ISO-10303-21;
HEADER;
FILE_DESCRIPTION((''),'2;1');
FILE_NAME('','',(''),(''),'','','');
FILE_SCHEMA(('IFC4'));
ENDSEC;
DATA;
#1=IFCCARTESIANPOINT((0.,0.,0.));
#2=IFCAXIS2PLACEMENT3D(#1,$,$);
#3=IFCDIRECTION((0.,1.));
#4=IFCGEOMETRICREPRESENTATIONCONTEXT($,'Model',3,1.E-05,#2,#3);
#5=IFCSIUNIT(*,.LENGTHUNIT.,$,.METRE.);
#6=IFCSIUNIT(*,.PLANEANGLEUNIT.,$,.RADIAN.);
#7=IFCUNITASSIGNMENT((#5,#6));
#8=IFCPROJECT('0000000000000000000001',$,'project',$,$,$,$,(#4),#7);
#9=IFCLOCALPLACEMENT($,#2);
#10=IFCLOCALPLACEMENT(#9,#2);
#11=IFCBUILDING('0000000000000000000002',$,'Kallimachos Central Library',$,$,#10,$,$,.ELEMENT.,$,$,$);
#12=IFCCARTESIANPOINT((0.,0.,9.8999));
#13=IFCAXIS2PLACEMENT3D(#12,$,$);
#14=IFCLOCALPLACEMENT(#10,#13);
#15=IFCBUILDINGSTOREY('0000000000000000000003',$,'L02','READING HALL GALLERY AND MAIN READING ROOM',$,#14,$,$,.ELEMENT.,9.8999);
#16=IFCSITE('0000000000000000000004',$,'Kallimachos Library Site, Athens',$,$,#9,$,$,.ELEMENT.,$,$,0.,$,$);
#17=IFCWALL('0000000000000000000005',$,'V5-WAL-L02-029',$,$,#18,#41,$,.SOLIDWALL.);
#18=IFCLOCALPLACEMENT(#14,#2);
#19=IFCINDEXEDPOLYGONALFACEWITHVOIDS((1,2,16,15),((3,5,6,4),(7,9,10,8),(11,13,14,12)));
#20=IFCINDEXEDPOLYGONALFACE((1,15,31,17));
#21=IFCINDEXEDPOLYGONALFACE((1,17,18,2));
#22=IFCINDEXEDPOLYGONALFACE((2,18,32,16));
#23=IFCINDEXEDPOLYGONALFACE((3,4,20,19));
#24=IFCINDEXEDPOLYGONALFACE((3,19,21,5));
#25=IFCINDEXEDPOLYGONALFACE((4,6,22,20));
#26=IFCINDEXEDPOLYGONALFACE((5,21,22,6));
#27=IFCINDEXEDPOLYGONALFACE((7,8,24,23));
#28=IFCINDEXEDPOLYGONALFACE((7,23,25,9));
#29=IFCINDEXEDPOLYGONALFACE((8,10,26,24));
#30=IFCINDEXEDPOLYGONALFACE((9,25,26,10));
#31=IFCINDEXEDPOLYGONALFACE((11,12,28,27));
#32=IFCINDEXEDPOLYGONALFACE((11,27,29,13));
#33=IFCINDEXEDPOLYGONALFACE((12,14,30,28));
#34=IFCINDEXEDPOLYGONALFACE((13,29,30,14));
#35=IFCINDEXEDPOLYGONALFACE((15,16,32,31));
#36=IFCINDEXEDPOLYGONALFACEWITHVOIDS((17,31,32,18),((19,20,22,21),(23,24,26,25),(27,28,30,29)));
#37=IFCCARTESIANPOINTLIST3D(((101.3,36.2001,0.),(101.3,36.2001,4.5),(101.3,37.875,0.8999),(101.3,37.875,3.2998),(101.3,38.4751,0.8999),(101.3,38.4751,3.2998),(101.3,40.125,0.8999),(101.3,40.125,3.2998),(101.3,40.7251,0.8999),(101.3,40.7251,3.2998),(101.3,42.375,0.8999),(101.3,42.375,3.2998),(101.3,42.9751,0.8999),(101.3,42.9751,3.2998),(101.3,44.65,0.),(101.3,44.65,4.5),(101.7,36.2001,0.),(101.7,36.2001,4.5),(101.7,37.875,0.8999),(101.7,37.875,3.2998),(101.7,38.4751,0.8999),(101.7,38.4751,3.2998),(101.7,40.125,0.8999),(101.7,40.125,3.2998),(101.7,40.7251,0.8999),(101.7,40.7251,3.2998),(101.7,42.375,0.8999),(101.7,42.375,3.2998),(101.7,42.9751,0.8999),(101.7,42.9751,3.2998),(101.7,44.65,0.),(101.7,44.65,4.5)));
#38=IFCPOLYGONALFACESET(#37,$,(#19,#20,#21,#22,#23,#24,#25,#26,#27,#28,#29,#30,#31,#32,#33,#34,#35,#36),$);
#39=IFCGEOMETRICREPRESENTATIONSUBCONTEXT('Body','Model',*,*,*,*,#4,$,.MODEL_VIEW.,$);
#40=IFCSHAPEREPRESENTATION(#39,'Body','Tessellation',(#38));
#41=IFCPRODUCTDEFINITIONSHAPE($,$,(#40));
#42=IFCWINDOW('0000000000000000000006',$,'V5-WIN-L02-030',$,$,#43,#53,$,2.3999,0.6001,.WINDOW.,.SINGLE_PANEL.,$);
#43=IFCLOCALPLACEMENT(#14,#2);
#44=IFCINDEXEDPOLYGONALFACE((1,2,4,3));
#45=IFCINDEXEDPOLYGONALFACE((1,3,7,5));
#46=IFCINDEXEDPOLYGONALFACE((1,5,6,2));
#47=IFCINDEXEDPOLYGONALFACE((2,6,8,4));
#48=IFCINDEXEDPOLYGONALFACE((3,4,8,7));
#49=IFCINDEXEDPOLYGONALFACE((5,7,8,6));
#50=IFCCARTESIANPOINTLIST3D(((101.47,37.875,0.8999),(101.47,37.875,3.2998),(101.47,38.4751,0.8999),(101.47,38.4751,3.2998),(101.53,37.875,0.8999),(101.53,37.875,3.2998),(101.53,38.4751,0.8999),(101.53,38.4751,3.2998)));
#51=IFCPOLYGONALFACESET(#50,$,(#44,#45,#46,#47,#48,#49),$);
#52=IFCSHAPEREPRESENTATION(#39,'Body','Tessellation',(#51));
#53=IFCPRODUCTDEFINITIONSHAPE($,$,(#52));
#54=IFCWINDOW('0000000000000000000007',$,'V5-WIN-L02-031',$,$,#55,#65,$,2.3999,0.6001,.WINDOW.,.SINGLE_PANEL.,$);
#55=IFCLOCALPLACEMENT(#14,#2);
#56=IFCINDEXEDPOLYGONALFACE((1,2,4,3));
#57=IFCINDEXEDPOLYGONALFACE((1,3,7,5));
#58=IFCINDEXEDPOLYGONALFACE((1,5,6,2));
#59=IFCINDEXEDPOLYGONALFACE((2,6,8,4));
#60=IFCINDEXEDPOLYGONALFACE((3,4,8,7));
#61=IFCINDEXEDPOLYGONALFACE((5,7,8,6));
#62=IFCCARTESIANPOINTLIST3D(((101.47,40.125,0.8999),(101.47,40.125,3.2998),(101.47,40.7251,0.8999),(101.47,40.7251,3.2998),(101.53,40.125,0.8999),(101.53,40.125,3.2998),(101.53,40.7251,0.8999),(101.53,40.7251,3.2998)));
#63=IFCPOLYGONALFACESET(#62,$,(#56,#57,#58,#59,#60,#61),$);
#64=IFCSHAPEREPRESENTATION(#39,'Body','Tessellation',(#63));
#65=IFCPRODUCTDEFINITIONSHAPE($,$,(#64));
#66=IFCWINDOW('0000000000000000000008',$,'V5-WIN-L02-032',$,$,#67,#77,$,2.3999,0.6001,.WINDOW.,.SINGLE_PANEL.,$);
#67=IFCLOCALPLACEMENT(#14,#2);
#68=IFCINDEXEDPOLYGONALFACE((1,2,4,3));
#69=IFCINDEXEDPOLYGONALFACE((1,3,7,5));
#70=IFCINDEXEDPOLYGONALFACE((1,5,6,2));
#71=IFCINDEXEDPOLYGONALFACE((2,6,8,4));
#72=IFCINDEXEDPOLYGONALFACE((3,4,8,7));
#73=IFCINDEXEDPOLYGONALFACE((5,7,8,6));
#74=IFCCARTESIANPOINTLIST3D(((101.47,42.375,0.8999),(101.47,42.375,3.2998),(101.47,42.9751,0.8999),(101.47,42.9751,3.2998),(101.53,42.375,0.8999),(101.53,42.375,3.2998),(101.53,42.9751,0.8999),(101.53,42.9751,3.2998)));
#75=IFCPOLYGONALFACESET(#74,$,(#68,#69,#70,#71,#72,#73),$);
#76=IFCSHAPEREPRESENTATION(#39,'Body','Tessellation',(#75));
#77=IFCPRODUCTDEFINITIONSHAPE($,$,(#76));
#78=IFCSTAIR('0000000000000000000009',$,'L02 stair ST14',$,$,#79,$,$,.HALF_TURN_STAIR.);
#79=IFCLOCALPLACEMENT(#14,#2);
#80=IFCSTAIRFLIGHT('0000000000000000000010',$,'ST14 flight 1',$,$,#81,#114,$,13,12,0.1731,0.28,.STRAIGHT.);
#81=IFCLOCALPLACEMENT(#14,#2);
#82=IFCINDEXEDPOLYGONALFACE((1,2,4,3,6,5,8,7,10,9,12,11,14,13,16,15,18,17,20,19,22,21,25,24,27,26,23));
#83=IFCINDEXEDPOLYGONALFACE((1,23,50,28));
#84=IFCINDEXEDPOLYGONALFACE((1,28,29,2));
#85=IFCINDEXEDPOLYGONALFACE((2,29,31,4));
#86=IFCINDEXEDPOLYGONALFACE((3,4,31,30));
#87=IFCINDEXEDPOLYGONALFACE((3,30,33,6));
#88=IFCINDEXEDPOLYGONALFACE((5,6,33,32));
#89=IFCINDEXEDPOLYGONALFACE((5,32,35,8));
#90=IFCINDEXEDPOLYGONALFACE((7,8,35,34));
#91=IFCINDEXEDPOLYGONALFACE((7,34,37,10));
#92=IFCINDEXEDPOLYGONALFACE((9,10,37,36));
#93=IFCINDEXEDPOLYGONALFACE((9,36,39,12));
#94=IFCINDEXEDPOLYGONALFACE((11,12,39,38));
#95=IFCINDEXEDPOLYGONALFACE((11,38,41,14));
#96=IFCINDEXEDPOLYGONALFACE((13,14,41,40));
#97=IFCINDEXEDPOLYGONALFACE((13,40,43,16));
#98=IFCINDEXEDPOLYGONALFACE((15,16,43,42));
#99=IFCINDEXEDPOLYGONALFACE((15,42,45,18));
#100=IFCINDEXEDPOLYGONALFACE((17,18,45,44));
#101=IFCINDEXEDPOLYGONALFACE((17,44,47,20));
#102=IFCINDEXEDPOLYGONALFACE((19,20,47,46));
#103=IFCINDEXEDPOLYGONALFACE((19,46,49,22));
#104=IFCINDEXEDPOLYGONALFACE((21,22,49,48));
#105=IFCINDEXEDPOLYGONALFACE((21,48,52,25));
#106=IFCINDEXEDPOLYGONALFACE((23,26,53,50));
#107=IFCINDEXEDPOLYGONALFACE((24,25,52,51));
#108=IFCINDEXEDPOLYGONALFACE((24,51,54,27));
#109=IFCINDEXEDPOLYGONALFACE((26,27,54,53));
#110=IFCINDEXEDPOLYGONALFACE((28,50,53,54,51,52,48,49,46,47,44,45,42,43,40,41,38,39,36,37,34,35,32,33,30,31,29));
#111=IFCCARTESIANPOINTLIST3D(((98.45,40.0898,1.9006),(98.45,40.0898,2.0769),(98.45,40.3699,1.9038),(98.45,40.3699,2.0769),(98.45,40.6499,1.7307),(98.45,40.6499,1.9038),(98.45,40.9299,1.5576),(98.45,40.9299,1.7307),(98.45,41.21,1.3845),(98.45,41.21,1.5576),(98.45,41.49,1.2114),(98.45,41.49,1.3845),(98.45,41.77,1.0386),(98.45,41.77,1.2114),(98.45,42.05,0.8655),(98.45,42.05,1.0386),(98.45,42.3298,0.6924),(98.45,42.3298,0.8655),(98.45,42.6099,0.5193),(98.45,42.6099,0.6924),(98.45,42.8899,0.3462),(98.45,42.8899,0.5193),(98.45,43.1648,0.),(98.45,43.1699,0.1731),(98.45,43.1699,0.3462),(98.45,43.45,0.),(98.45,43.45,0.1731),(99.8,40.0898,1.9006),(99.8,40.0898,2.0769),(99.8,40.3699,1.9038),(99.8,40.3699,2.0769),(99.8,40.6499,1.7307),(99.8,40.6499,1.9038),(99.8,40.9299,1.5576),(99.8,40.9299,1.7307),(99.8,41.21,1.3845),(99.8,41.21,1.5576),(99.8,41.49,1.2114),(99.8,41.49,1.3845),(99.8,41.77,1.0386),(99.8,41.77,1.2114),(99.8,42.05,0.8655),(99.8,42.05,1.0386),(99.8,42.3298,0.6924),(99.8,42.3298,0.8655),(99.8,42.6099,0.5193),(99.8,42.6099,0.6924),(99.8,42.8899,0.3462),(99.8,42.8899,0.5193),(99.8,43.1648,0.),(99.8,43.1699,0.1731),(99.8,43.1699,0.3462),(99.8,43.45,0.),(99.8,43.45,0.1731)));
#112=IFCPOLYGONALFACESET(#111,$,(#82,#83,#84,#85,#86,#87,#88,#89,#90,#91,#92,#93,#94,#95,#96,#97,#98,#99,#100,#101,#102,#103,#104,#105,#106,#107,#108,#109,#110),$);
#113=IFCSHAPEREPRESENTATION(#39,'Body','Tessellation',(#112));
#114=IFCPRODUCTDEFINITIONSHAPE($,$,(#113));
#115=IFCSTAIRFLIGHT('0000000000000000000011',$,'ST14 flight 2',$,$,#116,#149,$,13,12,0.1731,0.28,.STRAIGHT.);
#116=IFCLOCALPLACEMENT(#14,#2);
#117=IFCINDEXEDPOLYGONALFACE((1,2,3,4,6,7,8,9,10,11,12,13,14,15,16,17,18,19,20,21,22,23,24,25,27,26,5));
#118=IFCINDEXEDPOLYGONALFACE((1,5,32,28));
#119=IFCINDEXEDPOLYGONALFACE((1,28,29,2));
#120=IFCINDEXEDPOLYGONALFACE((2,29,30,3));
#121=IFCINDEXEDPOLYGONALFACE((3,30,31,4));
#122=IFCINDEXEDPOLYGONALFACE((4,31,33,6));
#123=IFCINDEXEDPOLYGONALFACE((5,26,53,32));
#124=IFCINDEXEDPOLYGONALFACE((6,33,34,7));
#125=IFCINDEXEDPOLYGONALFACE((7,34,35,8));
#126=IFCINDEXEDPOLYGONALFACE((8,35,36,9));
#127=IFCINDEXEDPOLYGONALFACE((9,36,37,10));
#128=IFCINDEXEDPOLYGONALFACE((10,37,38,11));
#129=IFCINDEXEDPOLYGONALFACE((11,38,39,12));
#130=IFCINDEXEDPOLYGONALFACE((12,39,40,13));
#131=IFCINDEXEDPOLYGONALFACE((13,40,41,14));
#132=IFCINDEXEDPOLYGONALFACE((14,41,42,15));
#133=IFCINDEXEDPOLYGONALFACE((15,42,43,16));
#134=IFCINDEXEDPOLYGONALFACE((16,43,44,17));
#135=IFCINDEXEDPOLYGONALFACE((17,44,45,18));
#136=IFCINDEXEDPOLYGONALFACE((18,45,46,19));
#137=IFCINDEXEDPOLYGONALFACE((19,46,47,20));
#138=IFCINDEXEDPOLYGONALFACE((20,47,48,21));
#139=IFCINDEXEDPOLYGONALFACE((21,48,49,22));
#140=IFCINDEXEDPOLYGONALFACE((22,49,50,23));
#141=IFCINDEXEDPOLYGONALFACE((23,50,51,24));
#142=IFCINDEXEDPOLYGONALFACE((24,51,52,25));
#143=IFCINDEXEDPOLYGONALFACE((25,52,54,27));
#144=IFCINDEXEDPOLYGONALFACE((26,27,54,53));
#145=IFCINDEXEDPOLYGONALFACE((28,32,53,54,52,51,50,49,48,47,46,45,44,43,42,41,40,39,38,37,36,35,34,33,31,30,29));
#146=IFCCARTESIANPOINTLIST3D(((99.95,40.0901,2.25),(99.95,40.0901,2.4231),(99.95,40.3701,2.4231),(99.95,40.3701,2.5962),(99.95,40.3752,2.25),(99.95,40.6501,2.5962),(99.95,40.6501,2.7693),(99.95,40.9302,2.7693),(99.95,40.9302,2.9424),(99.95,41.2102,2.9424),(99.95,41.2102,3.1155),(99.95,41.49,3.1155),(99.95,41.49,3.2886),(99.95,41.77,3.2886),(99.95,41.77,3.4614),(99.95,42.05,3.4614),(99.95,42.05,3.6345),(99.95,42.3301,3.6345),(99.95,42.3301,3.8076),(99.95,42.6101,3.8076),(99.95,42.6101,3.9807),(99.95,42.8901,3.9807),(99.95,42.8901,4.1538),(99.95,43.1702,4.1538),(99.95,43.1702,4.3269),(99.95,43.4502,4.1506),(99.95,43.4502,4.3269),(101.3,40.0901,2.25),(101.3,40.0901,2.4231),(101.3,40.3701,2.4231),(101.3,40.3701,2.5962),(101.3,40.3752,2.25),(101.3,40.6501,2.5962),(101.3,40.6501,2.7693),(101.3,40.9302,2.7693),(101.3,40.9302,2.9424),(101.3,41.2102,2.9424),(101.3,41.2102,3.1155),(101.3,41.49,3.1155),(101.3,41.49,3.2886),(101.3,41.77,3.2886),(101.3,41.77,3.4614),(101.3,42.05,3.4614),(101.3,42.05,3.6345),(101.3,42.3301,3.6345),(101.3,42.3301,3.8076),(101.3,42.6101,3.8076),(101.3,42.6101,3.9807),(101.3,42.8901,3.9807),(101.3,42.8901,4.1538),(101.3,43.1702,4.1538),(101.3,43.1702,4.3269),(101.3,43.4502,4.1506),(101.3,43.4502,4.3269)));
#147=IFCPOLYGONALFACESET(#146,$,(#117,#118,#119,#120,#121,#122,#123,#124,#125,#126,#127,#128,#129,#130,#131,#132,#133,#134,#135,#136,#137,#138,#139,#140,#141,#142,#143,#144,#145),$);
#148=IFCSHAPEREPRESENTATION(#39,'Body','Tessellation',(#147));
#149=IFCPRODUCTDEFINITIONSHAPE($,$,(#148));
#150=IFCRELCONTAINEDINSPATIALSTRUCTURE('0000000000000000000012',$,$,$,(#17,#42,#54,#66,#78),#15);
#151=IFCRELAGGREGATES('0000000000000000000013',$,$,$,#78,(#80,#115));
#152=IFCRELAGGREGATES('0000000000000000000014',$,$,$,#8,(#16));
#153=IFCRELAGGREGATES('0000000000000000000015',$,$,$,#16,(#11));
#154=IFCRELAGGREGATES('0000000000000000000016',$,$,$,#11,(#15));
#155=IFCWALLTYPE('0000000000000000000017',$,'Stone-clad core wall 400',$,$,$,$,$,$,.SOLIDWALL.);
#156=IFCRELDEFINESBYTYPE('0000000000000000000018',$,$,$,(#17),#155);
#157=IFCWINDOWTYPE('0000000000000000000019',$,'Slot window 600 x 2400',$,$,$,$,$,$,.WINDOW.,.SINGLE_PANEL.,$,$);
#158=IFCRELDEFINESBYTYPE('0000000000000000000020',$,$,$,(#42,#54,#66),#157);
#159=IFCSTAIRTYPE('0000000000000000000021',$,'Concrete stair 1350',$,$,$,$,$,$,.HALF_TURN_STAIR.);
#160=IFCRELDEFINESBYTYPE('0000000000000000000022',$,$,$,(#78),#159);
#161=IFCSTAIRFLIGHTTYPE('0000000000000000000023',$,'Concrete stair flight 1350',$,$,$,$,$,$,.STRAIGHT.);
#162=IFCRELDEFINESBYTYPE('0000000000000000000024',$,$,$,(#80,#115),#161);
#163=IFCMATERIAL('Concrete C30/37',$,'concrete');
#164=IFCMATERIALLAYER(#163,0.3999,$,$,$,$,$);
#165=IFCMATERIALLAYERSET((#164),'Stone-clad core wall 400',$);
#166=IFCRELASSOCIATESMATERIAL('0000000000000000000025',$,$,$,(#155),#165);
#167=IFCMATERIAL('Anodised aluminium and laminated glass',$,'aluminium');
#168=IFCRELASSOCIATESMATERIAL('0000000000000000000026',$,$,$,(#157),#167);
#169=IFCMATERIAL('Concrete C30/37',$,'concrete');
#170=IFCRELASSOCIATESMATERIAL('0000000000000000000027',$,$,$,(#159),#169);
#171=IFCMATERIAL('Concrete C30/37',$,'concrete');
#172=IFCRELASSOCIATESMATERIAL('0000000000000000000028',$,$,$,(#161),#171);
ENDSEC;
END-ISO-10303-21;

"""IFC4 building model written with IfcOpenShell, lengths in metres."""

from ifc_helpers import new_model, si_unit, direction, frame, frame_2d, origin, place, context, subcontext, project, spatial, polyline, rectangle, outline, extrude, material, layer, layer_set, type_object, element, fill, aggregate, save


model = new_model("IFC4")

# Units and contexts
model_context = context("Model", 3, precision=1e-05, world=origin(), true_north=direction((0.0, 1.0)))
body_context = subcontext(model_context, "Body", "Model", "MODEL_VIEW")
ifc_project = project(units=[si_unit("LENGTHUNIT", "METRE"), si_unit("PLANEANGLEUNIT", "RADIAN")], contexts=[model_context])

# Site, building, storey
site_placement = place(None, origin())
site = spatial("IfcSite", under=ifc_project, at=site_placement, Name="Kallimachos Library Site, Athens", CompositionType="ELEMENT", RefElevation=0.0)
building_placement = place(site_placement, origin())
building = spatial("IfcBuilding", under=site, at=building_placement, Name="Kallimachos Central Library", CompositionType="ELEMENT")
storey_placement = place(building_placement, frame((0.0, 0.0, 9.8999)))
storey = spatial("IfcBuildingStorey", under=building, at=storey_placement, Name="L02", Description="READING HALL GALLERY AND MAIN READING ROOM", CompositionType="ELEMENT", Elevation=9.8999)

# Wall, openings, windows
ifc_material_1 = material(Name="Concrete C30/37", Category="concrete")
ifc_layer_1 = layer(ifc_material_1, 0.3999)
ifc_layer_set_1 = layer_set([ifc_layer_1], Name="Stone-clad core wall 400")
wall_type_1 = type_object("IfcWallType", Name="Stone-clad core wall 400", PredefinedType="SOLIDWALL", material=ifc_layer_set_1)
wall_1_placement = place(storey_placement, frame((101.5, 36.2, 0.0), z_axis=(0.0, 0.0, 1.0), x_axis=(0.0, 1.0, 0.0)))
wall_1 = element("IfcWall", 1, at=wall_1_placement, inside=storey, type_object=wall_type_1, Name="V5-WAL-L02-029", PredefinedType="SOLIDWALL", context=body_context, shape_type="SweptSolid", body=[
    extrude(rectangle(XDim=8.45, YDim=0.3999, at=frame_2d((4.2251, 0.0))), origin(), (0.0, 0.0, 1.0), 4.5),
])
opening_1_placement = place(wall_1_placement, frame((1.675, 0.0, 0.8999)))
opening_1 = element("IfcOpeningElement", 2, at=opening_1_placement, cuts=wall_1, PredefinedType="OPENING", context=body_context, shape_type="SweptSolid", body=[
    extrude(rectangle(XDim=0.6001, YDim=2.3999, at=frame_2d((0.3, 1.2))), frame((0.0, 0.21, 0.0), z_axis=(0.0, -1.0, 0.0), x_axis=(1.0, 0.0, 0.0)), (0.0, 0.0, 1.0), 0.4199),
])
opening_2_placement = place(wall_1_placement, frame((3.925, 0.0, 0.8999)))
opening_2 = element("IfcOpeningElement", 3, at=opening_2_placement, cuts=wall_1, PredefinedType="OPENING", context=body_context, shape_type="SweptSolid", body=[
    extrude(rectangle(XDim=0.6001, YDim=2.3999, at=frame_2d((0.3, 1.2))), frame((0.0, 0.21, 0.0), z_axis=(0.0, -1.0, 0.0), x_axis=(1.0, 0.0, 0.0)), (0.0, 0.0, 1.0), 0.4199),
])
opening_3_placement = place(wall_1_placement, frame((6.175, 0.0, 0.8999)))
opening_3 = element("IfcOpeningElement", 4, at=opening_3_placement, cuts=wall_1, PredefinedType="OPENING", context=body_context, shape_type="SweptSolid", body=[
    extrude(rectangle(XDim=0.6001, YDim=2.3999, at=frame_2d((0.3, 1.2))), frame((0.0, 0.21, 0.0), z_axis=(0.0, -1.0, 0.0), x_axis=(1.0, 0.0, 0.0)), (0.0, 0.0, 1.0), 0.4199),
])
ifc_material_2 = material(Name="Anodised aluminium and laminated glass", Category="aluminium")
window_type = type_object("IfcWindowType", Name="Slot window 600 x 2400", PartitioningType="SINGLE_PANEL", PredefinedType="WINDOW", material=ifc_material_2)
window_1_placement = place(opening_1_placement, origin())
window_1 = element("IfcWindow", 5, at=window_1_placement, inside=storey, type_object=window_type, Name="V5-WIN-L02-030", OverallHeight=2.3999, OverallWidth=0.6001, PartitioningType="SINGLE_PANEL", PredefinedType="WINDOW", context=body_context, shape_type="SweptSolid", body=[
    extrude(rectangle(XDim=0.6001, YDim=2.3999, at=frame_2d((0.3, 1.2))), frame((0.0, 0.03, 0.0), z_axis=(0.0, -1.0, 0.0), x_axis=(1.0, 0.0, 0.0)), (0.0, 0.0, 1.0), 0.0601),
])
fill(opening_1, window_1)
window_2_placement = place(opening_2_placement, origin())
window_2 = element("IfcWindow", 6, at=window_2_placement, inside=storey, type_object=window_type, Name="V5-WIN-L02-031", OverallHeight=2.3999, OverallWidth=0.6001, PartitioningType="SINGLE_PANEL", PredefinedType="WINDOW", context=body_context, shape_type="SweptSolid", body=[
    extrude(rectangle(XDim=0.6001, YDim=2.3999, at=frame_2d((0.3, 1.2))), frame((0.0, 0.03, 0.0), z_axis=(0.0, -1.0, 0.0), x_axis=(1.0, 0.0, 0.0)), (0.0, 0.0, 1.0), 0.0601),
])
fill(opening_2, window_2)
window_3_placement = place(opening_3_placement, origin())
window_3 = element("IfcWindow", 7, at=window_3_placement, inside=storey, type_object=window_type, Name="V5-WIN-L02-032", OverallHeight=2.3999, OverallWidth=0.6001, PartitioningType="SINGLE_PANEL", PredefinedType="WINDOW", context=body_context, shape_type="SweptSolid", body=[
    extrude(rectangle(XDim=0.6001, YDim=2.3999, at=frame_2d((0.3, 1.2))), frame((0.0, 0.03, 0.0), z_axis=(0.0, -1.0, 0.0), x_axis=(1.0, 0.0, 0.0)), (0.0, 0.0, 1.0), 0.0601),
])
fill(opening_3, window_3)

# Stair, stair flights
ifc_material_3 = material(Name="Concrete C30/37", Category="concrete")
stair_type = type_object("IfcStairType", Name="Concrete stair 1350", PredefinedType="HALF_TURN_STAIR", material=ifc_material_3)
stair_placement = place(storey_placement, origin())
stair = element("IfcStair", 8, at=stair_placement, inside=storey, type_object=stair_type, Name="L02 stair ST14", PredefinedType="HALF_TURN_STAIR")
ifc_material_4 = material(Name="Concrete C30/37", Category="concrete")
stair_flight_type = type_object("IfcStairFlightType", Name="Concrete stair flight 1350", PredefinedType="STRAIGHT", material=ifc_material_4)
stair_flight_1_placement = place(storey_placement, frame((99.125, 43.45, 0.0), z_axis=(0.0, 0.0, 1.0), x_axis=(0.0, -1.0, 0.0)))
stair_flight_1 = element("IfcStairFlight", 9, at=stair_flight_1_placement, type_object=stair_flight_type, Name="ST14 flight 1", NumberOfRisers=13, NumberOfTreads=12, PredefinedType="STRAIGHT", RiserHeight=0.1731, TreadLength=0.28, context=body_context, shape_type="SweptSolid", body=[
    extrude(outline(polyline([(0.0, 0.0), (0.0, 0.1731), (0.28, 0.1731), (0.28, 0.3462), (0.5601, 0.3462), (0.5601, 0.5193), (0.8401, 0.5193), (0.8401, 0.6924), (1.1201, 0.6924), (1.1201, 0.8655), (1.3999, 0.8655), (1.3999, 1.0386), (1.6799, 1.0386), (1.6799, 1.2114), (1.96, 1.2114), (1.96, 1.3845), (2.24, 1.3845), (2.24, 1.5576), (2.52, 1.5576), (2.52, 1.7307), (2.8, 1.7307), (2.8, 1.9038), (3.0801, 1.9038), (3.0801, 2.0769), (3.3601, 2.0769), (3.3601, 2.25), (3.3601, 1.9006), (0.2852, 0.0), (0.0, 0.0)])), frame((0.0, 0.675, 0.0), z_axis=(0.0, -1.0, 0.0), x_axis=(1.0, 0.0, 0.0)), (0.0, 0.0, 1.0), 1.3501),
])
stair_flight_2_placement = place(storey_placement, frame((100.625, 40.0901, 2.25), z_axis=(0.0, 0.0, 1.0), x_axis=(0.0, 1.0, 0.0)))
stair_flight_2 = element("IfcStairFlight", 10, at=stair_flight_2_placement, type_object=stair_flight_type, Name="ST14 flight 2", NumberOfRisers=13, NumberOfTreads=12, PredefinedType="STRAIGHT", RiserHeight=0.1731, TreadLength=0.28, context=body_context, shape_type="SweptSolid", body=[
    extrude(outline(polyline([(0.0, 0.0), (0.0, 0.1731), (0.28, 0.1731), (0.28, 0.3462), (0.5601, 0.3462), (0.5601, 0.5193), (0.8401, 0.5193), (0.8401, 0.6924), (1.1201, 0.6924), (1.1201, 0.8655), (1.3999, 0.8655), (1.3999, 1.0386), (1.6799, 1.0386), (1.6799, 1.2114), (1.96, 1.2114), (1.96, 1.3845), (2.24, 1.3845), (2.24, 1.5576), (2.52, 1.5576), (2.52, 1.7307), (2.8, 1.7307), (2.8, 1.9038), (3.0801, 1.9038), (3.0801, 2.0769), (3.3601, 2.0769), (3.3601, 2.25), (3.3601, 1.9006), (0.2852, 0.0), (0.0, 0.0)])), frame((0.0, 0.675, 0.0), z_axis=(0.0, -1.0, 0.0), x_axis=(1.0, 0.0, 0.0)), (0.0, 0.0, 1.0), 1.3501),
])
aggregate(stair, [stair_flight_1, stair_flight_2])

save(model, "model.ifc")
